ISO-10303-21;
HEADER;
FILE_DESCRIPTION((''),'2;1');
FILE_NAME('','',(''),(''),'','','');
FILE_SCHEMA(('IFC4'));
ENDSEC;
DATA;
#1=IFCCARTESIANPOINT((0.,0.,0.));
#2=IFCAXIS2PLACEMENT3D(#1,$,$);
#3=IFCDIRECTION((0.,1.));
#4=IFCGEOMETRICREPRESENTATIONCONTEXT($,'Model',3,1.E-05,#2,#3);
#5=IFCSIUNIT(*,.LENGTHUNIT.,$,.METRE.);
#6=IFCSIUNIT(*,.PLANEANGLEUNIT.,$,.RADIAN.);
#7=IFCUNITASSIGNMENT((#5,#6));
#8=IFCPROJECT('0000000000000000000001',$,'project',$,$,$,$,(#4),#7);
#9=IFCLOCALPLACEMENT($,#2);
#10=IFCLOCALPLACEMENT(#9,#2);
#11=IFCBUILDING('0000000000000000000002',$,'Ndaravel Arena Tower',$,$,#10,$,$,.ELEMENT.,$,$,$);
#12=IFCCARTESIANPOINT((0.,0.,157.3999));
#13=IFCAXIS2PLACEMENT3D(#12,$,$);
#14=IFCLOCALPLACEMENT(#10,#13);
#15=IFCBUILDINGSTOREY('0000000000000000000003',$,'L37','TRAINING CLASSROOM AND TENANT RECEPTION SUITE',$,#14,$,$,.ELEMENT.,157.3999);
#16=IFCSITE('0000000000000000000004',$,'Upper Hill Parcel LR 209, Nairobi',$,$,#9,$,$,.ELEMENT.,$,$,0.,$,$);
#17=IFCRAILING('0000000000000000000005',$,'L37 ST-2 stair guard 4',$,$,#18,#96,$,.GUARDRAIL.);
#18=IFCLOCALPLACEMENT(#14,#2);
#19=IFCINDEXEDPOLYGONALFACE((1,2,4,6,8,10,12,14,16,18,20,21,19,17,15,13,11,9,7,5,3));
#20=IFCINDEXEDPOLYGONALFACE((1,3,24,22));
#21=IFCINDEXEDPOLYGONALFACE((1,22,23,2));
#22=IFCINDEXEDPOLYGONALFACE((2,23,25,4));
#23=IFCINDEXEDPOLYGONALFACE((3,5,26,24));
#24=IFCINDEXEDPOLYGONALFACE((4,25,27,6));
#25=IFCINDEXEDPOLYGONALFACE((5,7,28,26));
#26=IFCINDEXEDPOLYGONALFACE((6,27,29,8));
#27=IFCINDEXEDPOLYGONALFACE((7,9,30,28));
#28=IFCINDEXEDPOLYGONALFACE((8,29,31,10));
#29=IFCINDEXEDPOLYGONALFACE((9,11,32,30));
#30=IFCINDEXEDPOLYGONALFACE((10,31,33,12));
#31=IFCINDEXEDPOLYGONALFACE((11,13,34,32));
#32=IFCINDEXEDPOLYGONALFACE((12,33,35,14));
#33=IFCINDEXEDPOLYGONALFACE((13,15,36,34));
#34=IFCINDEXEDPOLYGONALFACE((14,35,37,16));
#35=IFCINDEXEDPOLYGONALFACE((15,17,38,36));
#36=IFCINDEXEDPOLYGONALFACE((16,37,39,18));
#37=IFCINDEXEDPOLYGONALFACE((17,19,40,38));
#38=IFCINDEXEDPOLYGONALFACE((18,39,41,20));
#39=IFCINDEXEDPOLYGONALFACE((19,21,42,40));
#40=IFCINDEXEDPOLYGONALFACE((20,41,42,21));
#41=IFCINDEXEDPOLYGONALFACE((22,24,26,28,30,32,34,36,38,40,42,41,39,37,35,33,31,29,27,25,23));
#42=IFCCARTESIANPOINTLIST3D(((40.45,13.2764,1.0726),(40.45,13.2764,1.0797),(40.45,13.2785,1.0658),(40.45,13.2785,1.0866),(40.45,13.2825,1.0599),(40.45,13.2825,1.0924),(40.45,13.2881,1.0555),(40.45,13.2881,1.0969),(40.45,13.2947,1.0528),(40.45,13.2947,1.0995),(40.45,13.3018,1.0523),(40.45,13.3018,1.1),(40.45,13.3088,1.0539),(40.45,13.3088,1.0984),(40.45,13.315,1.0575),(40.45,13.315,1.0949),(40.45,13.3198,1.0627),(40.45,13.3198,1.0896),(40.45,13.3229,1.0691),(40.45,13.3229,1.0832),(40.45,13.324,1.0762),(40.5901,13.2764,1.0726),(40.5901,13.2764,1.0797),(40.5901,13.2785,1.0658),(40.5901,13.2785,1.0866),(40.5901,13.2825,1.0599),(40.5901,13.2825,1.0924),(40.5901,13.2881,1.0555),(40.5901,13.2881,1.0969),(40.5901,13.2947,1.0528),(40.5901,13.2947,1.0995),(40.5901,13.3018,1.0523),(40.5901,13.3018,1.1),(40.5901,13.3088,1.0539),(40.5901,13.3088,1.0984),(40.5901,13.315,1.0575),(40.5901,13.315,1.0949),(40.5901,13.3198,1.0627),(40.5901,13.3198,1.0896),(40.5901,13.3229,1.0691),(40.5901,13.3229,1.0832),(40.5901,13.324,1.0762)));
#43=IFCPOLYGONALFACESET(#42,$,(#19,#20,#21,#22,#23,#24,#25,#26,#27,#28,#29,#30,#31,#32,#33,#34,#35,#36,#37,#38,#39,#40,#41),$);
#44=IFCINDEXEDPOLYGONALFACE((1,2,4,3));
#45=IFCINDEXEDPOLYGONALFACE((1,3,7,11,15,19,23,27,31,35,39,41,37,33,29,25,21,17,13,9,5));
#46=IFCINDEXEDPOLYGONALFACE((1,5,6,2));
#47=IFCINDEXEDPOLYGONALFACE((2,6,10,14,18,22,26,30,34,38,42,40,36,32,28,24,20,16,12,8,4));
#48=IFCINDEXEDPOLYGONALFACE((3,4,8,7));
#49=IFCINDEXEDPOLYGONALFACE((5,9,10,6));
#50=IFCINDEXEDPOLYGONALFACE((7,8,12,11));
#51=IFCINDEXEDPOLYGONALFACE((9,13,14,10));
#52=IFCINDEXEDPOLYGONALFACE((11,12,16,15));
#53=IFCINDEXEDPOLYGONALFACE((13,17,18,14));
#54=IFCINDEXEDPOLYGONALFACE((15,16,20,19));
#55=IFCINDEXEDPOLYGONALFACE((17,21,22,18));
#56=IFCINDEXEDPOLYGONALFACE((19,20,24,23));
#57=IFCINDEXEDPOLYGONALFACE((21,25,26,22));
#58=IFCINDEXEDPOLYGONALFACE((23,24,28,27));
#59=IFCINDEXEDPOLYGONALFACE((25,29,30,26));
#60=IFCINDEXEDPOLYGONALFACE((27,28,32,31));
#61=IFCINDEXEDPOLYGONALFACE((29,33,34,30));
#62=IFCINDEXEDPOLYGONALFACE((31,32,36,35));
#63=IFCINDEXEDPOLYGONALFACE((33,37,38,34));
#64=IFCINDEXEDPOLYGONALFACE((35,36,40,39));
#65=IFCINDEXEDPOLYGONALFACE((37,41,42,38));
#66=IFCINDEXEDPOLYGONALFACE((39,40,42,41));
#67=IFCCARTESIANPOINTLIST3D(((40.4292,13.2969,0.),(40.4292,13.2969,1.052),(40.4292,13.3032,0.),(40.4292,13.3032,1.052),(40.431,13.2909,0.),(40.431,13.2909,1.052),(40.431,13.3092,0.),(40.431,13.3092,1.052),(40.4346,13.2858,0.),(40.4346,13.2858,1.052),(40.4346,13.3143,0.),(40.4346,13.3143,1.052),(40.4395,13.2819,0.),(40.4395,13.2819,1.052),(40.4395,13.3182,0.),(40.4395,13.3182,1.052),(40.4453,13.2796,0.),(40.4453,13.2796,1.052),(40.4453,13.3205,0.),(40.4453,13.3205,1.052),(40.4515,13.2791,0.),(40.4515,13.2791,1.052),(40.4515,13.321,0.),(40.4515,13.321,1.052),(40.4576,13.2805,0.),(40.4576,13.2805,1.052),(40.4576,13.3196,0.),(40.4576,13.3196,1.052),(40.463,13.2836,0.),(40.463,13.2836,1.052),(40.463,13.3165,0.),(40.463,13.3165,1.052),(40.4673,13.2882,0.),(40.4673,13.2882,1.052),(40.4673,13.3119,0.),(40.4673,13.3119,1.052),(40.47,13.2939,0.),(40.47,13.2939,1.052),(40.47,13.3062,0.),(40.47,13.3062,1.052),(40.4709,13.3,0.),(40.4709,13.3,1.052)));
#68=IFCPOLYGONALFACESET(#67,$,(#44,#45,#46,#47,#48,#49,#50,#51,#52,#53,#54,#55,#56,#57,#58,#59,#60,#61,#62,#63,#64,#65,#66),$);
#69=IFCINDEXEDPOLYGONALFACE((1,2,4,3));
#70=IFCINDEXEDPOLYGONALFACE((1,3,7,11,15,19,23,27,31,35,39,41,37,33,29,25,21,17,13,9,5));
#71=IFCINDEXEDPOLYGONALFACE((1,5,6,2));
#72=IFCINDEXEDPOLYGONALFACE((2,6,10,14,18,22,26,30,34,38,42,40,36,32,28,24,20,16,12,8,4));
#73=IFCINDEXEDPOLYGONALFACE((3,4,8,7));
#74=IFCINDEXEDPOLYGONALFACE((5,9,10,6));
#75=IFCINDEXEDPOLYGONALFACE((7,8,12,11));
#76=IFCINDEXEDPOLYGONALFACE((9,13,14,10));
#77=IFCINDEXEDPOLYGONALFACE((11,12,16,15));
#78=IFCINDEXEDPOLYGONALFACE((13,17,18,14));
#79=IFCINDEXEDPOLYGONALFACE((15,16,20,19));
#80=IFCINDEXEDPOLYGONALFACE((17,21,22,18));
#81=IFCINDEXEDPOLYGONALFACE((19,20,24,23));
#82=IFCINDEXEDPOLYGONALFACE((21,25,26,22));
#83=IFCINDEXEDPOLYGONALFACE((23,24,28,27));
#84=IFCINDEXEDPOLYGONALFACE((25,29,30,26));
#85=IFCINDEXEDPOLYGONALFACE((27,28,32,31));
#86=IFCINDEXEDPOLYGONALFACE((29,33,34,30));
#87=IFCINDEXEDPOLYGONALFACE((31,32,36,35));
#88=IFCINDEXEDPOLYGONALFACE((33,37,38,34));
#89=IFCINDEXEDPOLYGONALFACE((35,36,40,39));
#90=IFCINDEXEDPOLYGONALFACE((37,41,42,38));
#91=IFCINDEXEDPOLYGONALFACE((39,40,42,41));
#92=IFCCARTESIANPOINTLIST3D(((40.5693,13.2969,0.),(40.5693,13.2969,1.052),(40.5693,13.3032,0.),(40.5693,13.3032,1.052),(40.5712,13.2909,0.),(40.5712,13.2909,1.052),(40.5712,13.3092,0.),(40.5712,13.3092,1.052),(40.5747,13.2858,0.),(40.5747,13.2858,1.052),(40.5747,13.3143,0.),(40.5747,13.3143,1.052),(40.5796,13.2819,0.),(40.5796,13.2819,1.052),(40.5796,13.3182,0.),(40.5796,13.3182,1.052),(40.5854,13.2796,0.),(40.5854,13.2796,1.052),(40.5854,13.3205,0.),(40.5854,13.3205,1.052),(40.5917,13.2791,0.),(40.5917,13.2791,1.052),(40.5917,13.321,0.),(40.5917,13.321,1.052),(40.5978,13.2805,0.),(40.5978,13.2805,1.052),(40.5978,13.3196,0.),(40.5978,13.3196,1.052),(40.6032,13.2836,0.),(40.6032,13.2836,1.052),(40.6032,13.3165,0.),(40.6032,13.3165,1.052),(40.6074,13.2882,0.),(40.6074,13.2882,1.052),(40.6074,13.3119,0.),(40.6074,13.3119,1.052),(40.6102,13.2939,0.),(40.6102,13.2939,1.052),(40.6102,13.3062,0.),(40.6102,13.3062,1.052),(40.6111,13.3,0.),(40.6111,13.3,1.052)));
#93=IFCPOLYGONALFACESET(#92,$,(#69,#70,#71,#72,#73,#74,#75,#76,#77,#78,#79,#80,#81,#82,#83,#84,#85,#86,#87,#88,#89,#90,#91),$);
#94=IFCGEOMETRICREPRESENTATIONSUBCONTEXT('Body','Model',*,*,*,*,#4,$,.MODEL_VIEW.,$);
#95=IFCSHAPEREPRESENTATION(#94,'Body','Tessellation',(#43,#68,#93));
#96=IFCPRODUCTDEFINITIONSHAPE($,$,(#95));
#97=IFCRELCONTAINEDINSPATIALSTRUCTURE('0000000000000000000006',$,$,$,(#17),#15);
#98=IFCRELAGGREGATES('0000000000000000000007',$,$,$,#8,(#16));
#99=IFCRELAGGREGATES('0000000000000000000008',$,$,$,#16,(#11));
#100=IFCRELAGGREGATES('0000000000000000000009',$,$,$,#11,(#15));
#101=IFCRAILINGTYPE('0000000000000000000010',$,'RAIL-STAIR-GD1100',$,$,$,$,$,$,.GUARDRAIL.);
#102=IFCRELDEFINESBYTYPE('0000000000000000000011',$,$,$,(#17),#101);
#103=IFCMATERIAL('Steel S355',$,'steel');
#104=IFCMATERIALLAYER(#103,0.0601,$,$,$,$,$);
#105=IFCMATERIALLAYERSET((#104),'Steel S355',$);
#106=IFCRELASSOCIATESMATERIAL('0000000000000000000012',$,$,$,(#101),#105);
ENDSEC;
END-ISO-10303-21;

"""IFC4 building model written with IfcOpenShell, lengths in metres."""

from ifc_helpers import new_model, si_unit, direction, frame, origin, origin_2d, place, context, subcontext, project, spatial, circle, extrude, material, layer, layer_set, type_object, element, save


model = new_model("IFC4")

# Units and contexts
model_context = context("Model", 3, precision=1e-05, world=origin(), true_north=direction((0.0, 1.0)))
body_context = subcontext(model_context, "Body", "Model", "MODEL_VIEW")
ifc_project = project(units=[si_unit("LENGTHUNIT", "METRE"), si_unit("PLANEANGLEUNIT", "RADIAN")], contexts=[model_context])

# Site, building, storey
site_placement = place(None, origin())
site = spatial("IfcSite", under=ifc_project, at=site_placement, Name="Upper Hill Parcel LR 209, Nairobi", CompositionType="ELEMENT", RefElevation=0.0)
building_placement = place(site_placement, origin())
building = spatial("IfcBuilding", under=site, at=building_placement, Name="Ndaravel Arena Tower", CompositionType="ELEMENT")
storey_placement = place(building_placement, frame((0.0, 0.0, 157.3999)))
storey = spatial("IfcBuildingStorey", under=building, at=storey_placement, Name="L37", Description="TRAINING CLASSROOM AND TENANT RECEPTION SUITE", CompositionType="ELEMENT", Elevation=157.3999)

# Railing
ifc_material_1 = material(Name="Steel S355", Category="steel")
ifc_layer_1 = layer(ifc_material_1, 0.0601)
ifc_layer_set_1 = layer_set([ifc_layer_1], Name="Steel S355")
railing_type_1 = type_object("IfcRailingType", Name="RAIL-STAIR-GD1100", PredefinedType="GUARDRAIL", material=ifc_layer_set_1)
railing_1_placement = place(storey_placement, frame((40.45, 13.3, 0.0)))
element("IfcRailing", 1, at=railing_1_placement, inside=storey, type_object=railing_type_1, Name="L37 ST-2 stair guard 4", PredefinedType="GUARDRAIL", context=body_context, shape_type="SweptSolid", body=[
    extrude(circle(Radius=0.0239, at=origin_2d()), frame((0.0, 0.0, 1.0762), z_axis=(1.0, 0.0, 0.0), x_axis=(0.0, 1.0, 0.0)), (0.0, 0.0, 1.0), 0.1401),
    extrude(circle(Radius=0.021, at=origin_2d()), origin(), (0.0, 0.0, 1.0), 1.052),
    extrude(circle(Radius=0.021, at=origin_2d()), frame((0.1401, 0.0, 0.0)), (0.0, 0.0, 1.0), 1.052),
])

save(model, "model.ifc")
